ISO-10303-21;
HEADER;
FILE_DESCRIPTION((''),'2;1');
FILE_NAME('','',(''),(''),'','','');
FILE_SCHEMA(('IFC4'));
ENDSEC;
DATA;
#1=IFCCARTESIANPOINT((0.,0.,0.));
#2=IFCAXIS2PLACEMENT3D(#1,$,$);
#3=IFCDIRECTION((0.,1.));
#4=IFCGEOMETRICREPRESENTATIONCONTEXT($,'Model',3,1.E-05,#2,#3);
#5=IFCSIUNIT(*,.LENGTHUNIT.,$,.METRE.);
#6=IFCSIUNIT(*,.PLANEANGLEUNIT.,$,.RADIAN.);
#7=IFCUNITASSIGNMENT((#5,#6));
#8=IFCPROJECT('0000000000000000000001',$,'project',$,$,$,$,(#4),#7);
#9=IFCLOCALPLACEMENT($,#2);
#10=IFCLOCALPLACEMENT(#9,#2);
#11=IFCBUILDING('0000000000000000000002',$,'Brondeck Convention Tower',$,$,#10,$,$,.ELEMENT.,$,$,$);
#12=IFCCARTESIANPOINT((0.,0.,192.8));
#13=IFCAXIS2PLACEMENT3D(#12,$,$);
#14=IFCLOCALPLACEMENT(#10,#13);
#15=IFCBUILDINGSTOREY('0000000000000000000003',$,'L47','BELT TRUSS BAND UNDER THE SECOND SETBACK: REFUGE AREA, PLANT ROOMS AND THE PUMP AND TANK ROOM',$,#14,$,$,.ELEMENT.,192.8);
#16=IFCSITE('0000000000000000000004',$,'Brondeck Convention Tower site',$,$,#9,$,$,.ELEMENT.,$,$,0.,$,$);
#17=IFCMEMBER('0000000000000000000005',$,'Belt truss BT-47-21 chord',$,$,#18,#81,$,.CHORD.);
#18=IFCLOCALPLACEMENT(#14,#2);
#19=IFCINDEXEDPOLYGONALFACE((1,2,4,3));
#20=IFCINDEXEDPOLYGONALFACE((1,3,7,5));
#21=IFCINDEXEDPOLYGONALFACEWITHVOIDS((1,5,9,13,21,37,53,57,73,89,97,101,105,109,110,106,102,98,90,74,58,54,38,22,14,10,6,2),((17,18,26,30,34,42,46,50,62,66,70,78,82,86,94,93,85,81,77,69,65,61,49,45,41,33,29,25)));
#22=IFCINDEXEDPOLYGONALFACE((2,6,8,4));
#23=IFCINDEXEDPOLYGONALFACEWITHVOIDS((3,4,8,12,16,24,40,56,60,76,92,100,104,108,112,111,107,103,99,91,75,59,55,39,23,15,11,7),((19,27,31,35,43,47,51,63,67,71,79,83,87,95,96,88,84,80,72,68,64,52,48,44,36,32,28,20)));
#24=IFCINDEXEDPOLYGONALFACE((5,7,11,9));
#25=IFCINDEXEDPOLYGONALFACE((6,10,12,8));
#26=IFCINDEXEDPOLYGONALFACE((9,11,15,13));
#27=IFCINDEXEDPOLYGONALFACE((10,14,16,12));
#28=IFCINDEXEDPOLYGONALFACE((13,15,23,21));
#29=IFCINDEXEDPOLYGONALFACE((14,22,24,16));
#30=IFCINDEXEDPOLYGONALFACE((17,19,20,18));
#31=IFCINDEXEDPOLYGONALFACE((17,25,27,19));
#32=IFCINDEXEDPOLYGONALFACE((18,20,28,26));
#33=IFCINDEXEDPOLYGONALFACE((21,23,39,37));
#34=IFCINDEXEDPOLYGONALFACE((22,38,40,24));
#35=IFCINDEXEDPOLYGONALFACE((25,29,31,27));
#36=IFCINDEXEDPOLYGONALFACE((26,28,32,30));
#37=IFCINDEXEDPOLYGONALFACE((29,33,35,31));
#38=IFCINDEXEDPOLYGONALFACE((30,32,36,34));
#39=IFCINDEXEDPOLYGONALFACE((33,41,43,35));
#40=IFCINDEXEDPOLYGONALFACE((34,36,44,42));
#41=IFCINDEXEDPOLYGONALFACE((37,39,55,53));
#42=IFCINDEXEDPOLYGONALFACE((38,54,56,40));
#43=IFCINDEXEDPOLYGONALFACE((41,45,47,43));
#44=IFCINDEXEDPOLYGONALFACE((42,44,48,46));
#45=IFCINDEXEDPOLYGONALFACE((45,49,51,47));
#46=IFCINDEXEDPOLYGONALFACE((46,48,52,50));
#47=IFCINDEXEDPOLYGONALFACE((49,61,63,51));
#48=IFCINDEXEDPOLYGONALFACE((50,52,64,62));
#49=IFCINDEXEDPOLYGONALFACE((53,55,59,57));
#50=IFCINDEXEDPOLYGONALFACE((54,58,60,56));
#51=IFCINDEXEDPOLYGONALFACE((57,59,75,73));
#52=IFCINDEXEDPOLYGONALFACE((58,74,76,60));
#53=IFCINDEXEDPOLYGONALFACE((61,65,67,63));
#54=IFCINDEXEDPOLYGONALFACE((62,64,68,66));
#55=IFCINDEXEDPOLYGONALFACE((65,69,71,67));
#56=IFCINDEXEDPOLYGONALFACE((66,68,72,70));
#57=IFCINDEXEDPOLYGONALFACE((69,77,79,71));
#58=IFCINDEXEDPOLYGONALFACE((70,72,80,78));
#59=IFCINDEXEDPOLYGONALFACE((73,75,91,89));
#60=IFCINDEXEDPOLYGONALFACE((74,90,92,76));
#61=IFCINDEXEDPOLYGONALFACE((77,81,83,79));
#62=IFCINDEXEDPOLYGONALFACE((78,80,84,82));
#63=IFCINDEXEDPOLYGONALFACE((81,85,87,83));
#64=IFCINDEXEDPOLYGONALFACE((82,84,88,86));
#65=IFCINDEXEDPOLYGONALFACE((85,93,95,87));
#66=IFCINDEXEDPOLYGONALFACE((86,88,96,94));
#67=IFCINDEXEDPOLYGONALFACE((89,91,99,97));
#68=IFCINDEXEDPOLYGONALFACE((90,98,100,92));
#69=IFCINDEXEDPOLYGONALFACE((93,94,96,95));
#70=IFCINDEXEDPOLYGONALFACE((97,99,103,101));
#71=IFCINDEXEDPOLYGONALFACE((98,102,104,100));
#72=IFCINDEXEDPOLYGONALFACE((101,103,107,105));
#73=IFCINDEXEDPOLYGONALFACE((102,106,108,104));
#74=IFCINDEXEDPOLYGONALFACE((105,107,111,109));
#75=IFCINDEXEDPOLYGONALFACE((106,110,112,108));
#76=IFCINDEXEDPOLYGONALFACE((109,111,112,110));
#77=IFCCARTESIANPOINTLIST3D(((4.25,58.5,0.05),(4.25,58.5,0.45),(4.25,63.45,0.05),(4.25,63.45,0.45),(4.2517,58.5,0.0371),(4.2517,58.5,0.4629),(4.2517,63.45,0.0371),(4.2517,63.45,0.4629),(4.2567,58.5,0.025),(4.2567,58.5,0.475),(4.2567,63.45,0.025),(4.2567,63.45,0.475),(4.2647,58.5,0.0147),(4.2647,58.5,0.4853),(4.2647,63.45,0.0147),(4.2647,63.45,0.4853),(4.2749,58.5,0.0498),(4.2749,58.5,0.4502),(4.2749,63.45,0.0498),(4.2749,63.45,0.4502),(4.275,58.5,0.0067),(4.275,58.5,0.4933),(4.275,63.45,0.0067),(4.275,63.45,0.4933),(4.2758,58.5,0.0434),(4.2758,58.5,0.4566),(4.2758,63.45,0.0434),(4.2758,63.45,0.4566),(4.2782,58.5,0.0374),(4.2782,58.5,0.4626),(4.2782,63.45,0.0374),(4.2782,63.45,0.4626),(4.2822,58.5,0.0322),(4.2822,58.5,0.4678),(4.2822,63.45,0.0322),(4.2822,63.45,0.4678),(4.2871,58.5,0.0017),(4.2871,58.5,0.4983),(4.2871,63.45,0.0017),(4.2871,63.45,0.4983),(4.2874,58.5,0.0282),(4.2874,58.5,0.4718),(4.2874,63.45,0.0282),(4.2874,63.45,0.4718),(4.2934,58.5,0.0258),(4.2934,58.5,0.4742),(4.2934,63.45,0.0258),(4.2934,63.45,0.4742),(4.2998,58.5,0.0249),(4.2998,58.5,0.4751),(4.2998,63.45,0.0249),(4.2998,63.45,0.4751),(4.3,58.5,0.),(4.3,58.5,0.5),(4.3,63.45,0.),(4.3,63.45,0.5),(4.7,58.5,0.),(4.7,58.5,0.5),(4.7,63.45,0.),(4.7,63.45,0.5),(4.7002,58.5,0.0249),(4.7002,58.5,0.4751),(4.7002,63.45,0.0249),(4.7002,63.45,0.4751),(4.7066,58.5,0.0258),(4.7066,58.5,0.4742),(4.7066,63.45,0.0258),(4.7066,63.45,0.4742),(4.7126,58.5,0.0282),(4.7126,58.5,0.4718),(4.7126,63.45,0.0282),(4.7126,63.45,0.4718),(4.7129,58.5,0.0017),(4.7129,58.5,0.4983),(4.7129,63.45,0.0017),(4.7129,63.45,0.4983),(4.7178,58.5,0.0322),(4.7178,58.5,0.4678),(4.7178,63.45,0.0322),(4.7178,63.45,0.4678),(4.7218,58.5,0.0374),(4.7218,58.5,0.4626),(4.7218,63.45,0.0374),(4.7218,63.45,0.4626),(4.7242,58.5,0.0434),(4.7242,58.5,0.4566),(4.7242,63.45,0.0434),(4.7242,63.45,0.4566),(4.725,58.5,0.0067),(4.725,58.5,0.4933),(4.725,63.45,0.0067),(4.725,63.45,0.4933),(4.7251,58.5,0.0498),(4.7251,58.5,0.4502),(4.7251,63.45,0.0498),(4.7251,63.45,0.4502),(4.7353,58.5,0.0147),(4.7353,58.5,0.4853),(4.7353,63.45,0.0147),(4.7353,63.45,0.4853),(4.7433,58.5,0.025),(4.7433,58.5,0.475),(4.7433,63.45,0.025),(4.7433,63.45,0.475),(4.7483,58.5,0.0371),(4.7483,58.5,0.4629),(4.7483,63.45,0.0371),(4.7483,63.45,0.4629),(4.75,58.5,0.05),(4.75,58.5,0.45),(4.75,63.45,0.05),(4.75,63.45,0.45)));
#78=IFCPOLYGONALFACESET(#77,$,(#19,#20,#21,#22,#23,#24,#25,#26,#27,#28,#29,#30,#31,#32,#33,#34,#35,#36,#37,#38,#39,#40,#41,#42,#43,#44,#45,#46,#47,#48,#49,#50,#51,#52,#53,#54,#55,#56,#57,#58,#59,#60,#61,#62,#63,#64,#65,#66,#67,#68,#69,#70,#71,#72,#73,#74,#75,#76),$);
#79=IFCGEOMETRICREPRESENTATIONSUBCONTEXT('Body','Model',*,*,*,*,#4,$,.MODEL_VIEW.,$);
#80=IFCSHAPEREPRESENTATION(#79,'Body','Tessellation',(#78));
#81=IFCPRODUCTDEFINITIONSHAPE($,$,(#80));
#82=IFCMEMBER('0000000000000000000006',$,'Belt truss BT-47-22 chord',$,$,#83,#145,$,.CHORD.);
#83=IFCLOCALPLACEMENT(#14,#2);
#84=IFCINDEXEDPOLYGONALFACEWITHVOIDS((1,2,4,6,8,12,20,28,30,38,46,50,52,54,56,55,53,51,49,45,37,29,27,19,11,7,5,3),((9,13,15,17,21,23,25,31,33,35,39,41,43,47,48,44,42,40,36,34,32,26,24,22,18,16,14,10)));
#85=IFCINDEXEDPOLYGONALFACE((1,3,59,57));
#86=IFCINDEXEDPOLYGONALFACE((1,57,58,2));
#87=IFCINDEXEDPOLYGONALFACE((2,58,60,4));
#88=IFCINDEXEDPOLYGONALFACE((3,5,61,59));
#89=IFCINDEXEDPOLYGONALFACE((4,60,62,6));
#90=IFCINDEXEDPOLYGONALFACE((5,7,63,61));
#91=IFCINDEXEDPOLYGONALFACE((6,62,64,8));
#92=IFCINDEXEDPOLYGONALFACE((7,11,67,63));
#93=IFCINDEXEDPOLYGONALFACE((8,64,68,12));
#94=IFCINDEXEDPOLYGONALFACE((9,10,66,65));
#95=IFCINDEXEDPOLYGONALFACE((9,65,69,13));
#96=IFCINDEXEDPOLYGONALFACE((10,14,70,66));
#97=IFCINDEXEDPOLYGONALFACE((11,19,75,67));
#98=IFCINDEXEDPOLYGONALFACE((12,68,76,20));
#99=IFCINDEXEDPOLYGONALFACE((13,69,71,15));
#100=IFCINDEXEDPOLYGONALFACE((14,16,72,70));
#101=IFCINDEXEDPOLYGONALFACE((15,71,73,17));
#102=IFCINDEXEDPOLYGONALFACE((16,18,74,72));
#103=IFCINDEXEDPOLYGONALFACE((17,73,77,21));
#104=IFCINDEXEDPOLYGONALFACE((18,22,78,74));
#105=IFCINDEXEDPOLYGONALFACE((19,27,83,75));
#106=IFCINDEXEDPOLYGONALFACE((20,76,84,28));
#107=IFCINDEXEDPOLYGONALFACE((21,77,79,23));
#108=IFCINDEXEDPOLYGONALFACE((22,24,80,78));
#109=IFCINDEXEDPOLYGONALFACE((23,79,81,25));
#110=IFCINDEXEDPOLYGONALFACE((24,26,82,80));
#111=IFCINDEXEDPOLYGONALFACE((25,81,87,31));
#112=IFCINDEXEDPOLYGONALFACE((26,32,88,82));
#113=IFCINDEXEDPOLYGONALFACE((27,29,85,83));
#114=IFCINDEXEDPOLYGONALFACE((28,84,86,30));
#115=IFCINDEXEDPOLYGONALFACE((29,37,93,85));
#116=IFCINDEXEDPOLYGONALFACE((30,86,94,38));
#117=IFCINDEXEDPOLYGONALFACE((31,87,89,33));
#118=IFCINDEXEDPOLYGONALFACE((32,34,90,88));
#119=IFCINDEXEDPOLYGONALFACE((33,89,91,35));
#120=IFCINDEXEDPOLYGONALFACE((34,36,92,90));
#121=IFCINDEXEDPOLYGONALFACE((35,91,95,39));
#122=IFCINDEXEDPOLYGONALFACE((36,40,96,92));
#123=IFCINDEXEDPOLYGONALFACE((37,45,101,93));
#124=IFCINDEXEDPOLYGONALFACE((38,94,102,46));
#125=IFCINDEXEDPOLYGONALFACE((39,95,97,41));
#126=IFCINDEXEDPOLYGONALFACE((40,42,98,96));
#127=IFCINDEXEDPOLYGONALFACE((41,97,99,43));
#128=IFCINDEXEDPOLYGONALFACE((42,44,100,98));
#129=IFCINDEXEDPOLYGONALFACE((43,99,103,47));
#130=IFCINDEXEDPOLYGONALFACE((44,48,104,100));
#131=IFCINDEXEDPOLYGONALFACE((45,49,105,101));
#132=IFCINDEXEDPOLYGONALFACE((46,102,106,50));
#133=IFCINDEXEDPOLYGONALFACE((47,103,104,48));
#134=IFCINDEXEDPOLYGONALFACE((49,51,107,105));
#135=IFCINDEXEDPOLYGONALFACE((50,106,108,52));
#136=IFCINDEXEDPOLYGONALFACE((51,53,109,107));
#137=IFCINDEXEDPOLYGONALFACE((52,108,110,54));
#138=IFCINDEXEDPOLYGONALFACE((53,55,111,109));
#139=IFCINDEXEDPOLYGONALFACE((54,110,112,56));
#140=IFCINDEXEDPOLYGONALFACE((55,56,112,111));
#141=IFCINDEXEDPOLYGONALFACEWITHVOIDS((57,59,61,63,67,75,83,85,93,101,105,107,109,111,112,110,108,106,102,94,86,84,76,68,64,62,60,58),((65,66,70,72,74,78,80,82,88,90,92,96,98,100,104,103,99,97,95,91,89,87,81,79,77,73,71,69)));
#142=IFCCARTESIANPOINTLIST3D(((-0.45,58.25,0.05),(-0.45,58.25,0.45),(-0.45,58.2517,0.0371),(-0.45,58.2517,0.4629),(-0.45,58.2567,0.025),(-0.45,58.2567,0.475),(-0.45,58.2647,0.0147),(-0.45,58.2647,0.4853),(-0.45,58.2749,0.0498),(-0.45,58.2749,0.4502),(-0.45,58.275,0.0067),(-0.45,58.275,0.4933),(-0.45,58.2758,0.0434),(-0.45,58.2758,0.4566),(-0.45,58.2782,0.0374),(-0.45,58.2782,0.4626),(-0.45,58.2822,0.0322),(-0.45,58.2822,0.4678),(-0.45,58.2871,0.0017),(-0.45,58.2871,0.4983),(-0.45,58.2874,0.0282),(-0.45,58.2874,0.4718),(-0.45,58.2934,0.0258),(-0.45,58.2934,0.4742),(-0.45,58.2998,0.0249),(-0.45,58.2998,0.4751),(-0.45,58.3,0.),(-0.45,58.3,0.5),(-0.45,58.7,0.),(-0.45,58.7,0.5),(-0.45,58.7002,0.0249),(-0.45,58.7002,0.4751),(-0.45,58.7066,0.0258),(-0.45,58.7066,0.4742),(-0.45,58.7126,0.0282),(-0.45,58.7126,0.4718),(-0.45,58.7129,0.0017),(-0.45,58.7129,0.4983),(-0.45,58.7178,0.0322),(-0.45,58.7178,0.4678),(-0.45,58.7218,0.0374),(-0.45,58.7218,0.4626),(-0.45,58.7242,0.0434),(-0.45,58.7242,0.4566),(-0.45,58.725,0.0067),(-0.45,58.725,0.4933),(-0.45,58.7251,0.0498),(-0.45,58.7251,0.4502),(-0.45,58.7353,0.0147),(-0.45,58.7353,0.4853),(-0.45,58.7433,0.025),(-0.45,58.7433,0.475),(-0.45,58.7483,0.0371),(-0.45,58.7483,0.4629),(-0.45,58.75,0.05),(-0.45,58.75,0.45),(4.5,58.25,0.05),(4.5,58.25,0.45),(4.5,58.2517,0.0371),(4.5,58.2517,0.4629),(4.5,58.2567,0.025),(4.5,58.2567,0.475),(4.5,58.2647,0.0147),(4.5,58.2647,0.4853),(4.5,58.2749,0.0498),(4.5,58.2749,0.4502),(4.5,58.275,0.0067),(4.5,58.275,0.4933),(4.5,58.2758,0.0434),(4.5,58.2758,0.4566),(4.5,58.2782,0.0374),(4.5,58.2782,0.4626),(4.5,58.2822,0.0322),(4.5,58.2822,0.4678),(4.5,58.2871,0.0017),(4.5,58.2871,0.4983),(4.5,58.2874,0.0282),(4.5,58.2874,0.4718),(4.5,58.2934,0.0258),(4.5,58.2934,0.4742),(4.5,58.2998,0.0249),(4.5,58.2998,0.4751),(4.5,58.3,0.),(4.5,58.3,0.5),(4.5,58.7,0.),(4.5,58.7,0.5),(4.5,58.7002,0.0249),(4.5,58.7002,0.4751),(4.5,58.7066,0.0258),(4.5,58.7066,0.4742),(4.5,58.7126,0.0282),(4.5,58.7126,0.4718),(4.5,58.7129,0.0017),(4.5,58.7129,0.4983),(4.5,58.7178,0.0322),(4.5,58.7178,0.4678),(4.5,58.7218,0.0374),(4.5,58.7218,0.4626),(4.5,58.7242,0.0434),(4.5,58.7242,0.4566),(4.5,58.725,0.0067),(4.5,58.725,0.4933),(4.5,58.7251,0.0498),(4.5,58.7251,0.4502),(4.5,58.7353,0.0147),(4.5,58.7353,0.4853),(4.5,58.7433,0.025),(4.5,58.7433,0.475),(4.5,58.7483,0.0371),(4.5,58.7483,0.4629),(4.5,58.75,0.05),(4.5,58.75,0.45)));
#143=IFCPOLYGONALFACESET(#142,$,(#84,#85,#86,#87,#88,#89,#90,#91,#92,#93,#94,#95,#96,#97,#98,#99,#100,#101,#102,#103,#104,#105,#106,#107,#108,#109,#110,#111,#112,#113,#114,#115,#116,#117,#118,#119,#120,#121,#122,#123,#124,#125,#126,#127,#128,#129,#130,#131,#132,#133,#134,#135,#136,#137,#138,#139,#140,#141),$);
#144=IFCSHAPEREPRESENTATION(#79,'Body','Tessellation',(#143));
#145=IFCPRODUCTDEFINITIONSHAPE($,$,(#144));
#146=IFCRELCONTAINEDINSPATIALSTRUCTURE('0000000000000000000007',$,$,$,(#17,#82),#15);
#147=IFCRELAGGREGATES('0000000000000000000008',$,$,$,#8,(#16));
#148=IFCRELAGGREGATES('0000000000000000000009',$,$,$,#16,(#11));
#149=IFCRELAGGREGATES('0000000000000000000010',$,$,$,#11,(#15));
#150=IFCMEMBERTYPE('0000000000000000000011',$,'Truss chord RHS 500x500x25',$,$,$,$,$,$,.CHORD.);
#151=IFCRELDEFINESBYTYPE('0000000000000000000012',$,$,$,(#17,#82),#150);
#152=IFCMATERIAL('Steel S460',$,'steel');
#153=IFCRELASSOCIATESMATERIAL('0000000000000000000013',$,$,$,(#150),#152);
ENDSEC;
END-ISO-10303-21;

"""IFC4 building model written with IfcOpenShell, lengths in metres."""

from ifc_helpers import new_model, si_unit, direction, frame, origin, origin_2d, place, context, subcontext, project, spatial, hollow_rectangle, extrude, material, material_profile, profile_set, type_object, element, save


model = new_model("IFC4")

# Units and contexts
model_context = context("Model", 3, precision=1e-05, world=origin(), true_north=direction((0.0, 1.0)))
body_context = subcontext(model_context, "Body", "Model", "MODEL_VIEW")
ifc_project = project(units=[si_unit("LENGTHUNIT", "METRE"), si_unit("PLANEANGLEUNIT", "RADIAN")], contexts=[model_context])

# Site, building, storey
site_placement = place(None, origin())
site = spatial("IfcSite", under=ifc_project, at=site_placement, Name="Brondeck Convention Tower site", CompositionType="ELEMENT", RefElevation=0.0)
building_placement = place(site_placement, origin())
building = spatial("IfcBuilding", under=site, at=building_placement, Name="Brondeck Convention Tower", CompositionType="ELEMENT")
storey_placement = place(building_placement, frame((0.0, 0.0, 192.8)))
storey = spatial("IfcBuildingStorey", under=building, at=storey_placement, Name="L47", Description="BELT TRUSS BAND UNDER THE SECOND SETBACK: REFUGE AREA, PLANT ROOMS AND THE PUMP AND TANK ROOM", CompositionType="ELEMENT", Elevation=192.8)

# Shared definitions
ifc_material_1 = material(Name="Steel S460", Category="steel")

# Members
ifc_material_profile_1 = material_profile(ifc_material_1, hollow_rectangle(XDim=0.5, YDim=0.5, WallThickness=0.0249, InnerFilletRadius=0.0249, OuterFilletRadius=0.05, at=origin_2d()), Name="RHS 500x500x25")
ifc_profile_set_1 = profile_set([ifc_material_profile_1], Name="Steel S460")
member_type_1 = type_object("IfcMemberType", Name="Truss chord RHS 500x500x25", PredefinedType="CHORD", material=ifc_profile_set_1)
for number, where, z_axis, x_axis, name in (
    (1, (4.5, 63.45, 0.25), (0.0, -1.0, 0.0), (1.0, 0.0, 0.0), "Belt truss BT-47-21 chord"),
    (2, (4.5, 58.5, 0.25), (-1.0, 0.0, 0.0), (0.0, -1.0, 0.0), "Belt truss BT-47-22 chord"),
):
    element("IfcMember", number, at=place(storey_placement, frame(where, z_axis=z_axis, x_axis=x_axis)), inside=storey, type_object=member_type_1, Name=name, PredefinedType="CHORD", context=body_context, shape_type="SweptSolid", body=[
        extrude(hollow_rectangle(XDim=0.5, YDim=0.5, WallThickness=0.0249, InnerFilletRadius=0.0249, OuterFilletRadius=0.05, at=origin_2d()), origin(), (0.0, 0.0, 1.0), 4.95),
    ])

save(model, "model.ifc")
